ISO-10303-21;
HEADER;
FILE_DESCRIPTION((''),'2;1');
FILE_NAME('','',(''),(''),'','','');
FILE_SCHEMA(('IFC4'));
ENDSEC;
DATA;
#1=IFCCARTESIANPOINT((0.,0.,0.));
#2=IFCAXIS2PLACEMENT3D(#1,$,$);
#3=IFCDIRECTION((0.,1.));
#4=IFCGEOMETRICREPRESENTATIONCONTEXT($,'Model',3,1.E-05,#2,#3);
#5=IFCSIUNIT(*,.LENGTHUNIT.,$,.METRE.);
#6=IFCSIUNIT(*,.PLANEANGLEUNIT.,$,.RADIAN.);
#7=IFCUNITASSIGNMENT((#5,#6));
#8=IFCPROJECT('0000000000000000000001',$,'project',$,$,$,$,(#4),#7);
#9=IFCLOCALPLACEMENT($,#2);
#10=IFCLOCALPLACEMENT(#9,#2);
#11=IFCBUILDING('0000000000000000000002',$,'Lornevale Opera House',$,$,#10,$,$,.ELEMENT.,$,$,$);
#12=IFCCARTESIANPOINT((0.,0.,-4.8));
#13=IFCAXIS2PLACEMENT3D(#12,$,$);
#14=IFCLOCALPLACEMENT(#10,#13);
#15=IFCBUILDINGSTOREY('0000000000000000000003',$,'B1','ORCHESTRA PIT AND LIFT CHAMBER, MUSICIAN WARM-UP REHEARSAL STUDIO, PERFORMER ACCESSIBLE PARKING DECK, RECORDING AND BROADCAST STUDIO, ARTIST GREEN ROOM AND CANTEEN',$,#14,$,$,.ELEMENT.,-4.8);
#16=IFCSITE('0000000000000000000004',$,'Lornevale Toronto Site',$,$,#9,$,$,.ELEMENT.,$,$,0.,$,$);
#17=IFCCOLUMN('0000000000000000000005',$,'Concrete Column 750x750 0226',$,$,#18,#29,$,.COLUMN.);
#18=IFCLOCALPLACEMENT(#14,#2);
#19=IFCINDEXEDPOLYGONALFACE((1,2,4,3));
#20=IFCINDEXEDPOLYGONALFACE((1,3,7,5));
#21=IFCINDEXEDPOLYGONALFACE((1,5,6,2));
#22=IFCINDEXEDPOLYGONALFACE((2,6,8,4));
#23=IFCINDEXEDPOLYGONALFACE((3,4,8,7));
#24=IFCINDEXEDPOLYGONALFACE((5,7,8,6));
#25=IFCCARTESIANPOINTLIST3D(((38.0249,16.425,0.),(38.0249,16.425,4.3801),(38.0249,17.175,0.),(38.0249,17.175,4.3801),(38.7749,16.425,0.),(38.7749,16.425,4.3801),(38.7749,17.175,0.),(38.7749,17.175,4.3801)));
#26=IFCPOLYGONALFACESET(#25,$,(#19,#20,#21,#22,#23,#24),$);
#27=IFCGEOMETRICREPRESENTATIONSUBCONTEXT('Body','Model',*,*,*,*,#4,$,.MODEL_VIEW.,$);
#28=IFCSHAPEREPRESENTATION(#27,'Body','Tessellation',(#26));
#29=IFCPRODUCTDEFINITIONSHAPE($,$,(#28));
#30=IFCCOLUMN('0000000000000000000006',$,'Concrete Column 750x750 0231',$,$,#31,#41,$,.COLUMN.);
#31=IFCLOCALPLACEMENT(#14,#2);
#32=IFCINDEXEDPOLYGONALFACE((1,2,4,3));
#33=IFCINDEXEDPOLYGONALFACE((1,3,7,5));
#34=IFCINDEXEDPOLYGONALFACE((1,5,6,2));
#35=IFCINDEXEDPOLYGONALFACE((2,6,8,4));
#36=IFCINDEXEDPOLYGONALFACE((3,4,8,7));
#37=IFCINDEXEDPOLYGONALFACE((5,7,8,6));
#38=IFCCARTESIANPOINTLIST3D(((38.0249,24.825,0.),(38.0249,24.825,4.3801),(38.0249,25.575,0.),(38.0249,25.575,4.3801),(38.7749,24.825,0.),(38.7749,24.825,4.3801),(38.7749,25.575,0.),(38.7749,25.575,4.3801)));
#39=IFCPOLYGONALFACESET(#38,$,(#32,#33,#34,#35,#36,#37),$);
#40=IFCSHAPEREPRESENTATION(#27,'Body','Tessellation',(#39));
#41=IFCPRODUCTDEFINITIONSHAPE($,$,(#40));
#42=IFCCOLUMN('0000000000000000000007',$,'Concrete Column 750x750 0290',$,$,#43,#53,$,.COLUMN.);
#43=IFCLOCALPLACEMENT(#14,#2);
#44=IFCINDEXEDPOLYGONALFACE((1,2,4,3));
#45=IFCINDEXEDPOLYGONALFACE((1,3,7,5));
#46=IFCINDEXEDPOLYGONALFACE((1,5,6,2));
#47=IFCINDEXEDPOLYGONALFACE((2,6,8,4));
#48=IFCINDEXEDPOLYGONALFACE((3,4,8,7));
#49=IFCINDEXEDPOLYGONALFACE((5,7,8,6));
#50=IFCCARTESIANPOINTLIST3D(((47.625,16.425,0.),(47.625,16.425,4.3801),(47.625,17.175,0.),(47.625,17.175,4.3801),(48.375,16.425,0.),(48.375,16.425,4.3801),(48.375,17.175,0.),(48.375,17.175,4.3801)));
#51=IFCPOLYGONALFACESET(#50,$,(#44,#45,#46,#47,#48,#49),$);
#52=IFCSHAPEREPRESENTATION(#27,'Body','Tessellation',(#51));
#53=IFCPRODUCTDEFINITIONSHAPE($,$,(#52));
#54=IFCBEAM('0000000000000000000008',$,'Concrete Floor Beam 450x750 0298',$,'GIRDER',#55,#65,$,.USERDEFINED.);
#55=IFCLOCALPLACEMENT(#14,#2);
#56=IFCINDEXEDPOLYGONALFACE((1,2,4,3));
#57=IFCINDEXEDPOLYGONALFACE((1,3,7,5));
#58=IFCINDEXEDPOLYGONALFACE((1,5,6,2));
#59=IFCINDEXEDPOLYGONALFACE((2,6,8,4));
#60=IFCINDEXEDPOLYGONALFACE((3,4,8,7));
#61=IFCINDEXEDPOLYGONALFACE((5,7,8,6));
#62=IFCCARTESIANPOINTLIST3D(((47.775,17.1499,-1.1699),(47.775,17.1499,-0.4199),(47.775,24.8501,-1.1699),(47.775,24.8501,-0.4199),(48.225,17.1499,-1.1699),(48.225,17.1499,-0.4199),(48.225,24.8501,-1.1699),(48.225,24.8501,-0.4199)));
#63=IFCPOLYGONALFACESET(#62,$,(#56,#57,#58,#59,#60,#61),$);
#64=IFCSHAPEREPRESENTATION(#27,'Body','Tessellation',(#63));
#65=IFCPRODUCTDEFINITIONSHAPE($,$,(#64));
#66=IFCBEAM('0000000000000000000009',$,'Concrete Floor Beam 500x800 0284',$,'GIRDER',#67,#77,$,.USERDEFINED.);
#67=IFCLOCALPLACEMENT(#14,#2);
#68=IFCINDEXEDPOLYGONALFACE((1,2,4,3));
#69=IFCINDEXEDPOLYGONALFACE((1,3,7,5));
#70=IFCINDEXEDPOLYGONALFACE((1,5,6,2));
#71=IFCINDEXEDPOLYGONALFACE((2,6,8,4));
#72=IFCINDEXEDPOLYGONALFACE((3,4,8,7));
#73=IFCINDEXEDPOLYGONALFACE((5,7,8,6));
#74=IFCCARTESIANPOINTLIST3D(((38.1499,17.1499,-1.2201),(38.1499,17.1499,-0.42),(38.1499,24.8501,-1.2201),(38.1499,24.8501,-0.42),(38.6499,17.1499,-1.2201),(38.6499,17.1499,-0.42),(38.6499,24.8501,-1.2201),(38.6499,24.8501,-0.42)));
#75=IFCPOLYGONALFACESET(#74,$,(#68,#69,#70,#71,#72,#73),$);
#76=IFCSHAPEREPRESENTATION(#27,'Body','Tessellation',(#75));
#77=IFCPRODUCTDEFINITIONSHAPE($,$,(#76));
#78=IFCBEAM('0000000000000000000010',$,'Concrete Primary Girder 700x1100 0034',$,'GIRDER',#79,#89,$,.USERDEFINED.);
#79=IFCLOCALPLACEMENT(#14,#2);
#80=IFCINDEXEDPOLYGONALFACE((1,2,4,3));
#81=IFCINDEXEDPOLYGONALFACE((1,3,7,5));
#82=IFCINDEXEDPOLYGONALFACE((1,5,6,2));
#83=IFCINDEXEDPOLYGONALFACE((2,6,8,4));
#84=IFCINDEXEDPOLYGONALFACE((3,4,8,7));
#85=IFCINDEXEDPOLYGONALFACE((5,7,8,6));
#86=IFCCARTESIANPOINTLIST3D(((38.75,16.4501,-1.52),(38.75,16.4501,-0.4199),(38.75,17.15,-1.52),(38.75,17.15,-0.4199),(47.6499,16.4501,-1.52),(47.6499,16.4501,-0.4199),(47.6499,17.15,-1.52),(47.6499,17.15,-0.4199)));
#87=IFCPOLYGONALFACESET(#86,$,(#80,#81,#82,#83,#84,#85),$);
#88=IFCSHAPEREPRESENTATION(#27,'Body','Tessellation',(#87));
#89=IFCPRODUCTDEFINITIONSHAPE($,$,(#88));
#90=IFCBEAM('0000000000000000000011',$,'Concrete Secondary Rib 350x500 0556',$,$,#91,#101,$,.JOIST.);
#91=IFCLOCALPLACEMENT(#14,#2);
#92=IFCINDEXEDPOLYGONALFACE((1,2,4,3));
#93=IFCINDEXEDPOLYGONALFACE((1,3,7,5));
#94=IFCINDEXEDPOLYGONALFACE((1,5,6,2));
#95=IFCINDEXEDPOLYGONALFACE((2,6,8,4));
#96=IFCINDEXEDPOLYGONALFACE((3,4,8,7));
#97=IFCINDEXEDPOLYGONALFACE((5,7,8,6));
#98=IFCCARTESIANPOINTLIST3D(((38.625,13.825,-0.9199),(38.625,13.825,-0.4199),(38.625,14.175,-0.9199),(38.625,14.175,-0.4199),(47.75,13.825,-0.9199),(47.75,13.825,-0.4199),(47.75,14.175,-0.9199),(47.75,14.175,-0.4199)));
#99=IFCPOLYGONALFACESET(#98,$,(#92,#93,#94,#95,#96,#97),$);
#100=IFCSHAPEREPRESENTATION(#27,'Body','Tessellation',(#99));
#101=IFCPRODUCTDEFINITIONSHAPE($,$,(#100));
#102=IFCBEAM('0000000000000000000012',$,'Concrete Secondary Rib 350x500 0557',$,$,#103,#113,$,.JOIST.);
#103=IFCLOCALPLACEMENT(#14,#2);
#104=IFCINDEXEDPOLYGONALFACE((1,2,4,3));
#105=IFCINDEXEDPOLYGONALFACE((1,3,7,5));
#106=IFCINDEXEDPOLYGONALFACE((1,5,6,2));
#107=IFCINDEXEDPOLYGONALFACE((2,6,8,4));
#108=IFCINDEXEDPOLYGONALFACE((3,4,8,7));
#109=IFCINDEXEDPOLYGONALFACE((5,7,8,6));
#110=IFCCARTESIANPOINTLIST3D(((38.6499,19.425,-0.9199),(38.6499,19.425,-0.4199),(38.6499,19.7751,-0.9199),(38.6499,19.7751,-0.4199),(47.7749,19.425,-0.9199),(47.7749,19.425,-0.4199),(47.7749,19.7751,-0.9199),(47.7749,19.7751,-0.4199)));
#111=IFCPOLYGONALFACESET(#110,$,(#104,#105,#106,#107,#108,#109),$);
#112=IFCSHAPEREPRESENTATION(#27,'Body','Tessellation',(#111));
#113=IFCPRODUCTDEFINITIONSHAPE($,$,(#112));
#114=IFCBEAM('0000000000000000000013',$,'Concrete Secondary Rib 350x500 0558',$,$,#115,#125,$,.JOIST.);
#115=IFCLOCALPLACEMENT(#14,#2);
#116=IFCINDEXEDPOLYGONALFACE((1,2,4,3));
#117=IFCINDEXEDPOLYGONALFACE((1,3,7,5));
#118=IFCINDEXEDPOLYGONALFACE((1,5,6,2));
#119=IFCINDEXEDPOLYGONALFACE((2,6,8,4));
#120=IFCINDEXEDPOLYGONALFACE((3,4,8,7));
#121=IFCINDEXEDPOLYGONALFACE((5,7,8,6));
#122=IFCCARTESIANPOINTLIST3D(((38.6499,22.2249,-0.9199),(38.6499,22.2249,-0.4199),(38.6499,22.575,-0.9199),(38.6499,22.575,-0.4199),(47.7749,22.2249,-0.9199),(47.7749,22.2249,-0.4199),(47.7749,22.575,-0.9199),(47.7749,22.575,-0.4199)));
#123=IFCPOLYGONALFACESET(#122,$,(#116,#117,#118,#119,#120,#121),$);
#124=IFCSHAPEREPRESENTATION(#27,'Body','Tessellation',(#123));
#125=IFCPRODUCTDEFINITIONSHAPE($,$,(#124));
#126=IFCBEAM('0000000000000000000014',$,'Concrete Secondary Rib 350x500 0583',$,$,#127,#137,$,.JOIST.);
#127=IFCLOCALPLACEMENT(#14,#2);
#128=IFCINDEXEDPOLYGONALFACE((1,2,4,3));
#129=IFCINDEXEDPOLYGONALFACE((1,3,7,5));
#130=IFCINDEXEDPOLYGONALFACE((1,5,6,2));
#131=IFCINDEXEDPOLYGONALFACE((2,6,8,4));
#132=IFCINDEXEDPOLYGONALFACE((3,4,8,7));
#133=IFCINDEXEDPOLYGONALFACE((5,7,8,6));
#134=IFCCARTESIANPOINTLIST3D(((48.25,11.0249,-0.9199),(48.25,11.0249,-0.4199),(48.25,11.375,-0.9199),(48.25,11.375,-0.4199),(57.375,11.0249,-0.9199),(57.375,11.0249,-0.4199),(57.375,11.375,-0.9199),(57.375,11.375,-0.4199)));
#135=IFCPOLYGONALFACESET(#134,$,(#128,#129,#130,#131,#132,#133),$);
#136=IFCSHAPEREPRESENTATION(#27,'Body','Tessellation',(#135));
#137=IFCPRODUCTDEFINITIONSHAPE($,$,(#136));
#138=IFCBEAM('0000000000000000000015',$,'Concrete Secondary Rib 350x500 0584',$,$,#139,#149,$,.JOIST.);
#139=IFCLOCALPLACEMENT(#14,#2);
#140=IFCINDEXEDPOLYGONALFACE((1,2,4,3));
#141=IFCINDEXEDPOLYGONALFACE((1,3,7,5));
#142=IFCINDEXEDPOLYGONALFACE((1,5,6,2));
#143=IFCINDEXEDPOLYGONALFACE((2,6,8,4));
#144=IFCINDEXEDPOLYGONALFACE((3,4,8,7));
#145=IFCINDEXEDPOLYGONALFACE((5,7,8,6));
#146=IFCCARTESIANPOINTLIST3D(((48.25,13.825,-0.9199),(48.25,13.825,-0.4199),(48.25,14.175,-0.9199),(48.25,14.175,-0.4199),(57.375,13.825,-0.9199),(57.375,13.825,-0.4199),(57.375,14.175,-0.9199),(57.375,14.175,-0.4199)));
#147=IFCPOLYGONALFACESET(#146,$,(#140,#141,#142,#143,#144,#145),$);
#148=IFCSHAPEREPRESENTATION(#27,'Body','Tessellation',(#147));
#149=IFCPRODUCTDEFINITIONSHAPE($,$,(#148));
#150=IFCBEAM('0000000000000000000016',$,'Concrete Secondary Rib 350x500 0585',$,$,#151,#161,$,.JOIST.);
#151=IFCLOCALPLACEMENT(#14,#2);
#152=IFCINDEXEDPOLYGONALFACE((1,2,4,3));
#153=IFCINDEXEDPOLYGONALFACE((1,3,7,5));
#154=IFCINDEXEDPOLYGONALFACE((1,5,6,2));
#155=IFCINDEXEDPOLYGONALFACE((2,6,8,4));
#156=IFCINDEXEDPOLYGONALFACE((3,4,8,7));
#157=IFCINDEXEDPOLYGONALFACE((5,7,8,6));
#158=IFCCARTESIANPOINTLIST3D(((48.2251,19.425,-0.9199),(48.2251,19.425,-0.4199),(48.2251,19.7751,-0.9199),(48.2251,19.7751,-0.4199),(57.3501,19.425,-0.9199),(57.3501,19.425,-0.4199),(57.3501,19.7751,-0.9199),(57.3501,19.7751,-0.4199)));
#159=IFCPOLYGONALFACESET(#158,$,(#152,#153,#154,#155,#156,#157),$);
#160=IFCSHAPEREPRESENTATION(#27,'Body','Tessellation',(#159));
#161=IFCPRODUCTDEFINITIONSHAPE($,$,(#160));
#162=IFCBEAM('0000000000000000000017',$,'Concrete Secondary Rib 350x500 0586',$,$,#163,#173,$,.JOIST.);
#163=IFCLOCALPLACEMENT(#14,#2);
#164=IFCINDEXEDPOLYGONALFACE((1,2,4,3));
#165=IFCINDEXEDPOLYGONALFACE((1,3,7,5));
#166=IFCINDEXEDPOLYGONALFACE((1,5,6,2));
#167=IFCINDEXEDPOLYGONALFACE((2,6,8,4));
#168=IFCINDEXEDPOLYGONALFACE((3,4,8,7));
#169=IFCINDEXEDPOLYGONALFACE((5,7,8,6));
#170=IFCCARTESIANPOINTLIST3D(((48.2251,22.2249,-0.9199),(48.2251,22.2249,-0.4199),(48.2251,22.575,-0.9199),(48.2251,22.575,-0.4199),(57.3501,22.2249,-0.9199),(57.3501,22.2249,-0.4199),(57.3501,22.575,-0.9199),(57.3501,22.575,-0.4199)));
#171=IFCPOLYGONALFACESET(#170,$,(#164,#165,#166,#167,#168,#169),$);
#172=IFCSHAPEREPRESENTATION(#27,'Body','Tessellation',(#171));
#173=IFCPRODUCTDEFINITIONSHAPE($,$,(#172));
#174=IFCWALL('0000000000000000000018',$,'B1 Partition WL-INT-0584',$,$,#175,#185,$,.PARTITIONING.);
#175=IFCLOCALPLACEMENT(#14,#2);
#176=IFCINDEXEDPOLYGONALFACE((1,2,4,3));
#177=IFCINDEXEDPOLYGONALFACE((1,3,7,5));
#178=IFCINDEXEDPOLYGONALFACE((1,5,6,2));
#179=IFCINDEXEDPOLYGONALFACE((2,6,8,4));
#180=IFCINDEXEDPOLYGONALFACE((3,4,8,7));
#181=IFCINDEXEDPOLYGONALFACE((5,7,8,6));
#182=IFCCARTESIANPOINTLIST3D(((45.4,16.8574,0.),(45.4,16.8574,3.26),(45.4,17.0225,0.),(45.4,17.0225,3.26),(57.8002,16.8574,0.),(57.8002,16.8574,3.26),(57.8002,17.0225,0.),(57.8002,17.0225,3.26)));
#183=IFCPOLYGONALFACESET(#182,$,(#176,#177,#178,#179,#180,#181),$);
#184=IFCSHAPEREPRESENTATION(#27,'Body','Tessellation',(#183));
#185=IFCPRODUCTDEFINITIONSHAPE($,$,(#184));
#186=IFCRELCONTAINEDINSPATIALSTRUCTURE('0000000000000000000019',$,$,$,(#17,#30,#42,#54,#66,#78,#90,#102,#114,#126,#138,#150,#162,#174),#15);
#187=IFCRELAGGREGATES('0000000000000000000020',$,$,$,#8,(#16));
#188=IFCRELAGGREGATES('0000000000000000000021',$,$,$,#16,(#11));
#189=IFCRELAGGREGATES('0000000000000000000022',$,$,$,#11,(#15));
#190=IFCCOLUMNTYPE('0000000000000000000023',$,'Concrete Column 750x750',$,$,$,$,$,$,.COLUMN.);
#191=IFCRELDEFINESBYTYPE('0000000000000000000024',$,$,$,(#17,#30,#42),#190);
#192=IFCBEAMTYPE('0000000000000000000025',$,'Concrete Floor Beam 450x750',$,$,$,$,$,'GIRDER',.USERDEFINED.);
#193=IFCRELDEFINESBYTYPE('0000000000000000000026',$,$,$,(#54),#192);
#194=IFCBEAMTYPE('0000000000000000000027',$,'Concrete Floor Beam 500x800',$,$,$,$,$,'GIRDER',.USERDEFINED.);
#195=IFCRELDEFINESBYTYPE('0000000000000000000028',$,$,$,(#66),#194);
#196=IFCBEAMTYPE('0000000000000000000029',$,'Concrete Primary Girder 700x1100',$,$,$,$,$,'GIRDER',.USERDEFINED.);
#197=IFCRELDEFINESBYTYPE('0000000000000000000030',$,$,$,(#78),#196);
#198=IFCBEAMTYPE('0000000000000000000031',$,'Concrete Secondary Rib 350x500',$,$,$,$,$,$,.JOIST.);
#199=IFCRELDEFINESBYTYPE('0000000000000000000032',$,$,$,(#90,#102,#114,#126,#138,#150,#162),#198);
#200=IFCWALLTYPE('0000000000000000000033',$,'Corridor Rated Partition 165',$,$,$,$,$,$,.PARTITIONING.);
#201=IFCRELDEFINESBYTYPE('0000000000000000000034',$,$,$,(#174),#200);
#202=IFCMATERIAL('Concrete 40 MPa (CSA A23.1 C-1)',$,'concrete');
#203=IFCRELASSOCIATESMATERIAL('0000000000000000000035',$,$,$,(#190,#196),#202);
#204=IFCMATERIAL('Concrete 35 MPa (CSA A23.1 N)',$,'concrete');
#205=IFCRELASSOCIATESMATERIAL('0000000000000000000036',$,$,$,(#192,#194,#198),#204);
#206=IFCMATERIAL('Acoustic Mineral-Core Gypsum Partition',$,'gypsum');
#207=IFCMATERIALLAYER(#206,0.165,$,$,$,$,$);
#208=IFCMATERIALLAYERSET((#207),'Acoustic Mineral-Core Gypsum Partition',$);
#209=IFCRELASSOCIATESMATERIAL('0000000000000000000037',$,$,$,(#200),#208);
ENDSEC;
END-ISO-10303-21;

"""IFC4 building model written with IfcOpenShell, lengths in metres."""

from ifc_helpers import new_model, si_unit, direction, frame, frame_2d, origin, origin_2d, place, context, subcontext, project, spatial, rectangle, extrude, material, layer, layer_set, material_profile, profile_set, type_object, element, save


model = new_model("IFC4")

# Units and contexts
model_context = context("Model", 3, precision=1e-05, world=origin(), true_north=direction((0.0, 1.0)))
body_context = subcontext(model_context, "Body", "Model", "MODEL_VIEW")
ifc_project = project(units=[si_unit("LENGTHUNIT", "METRE"), si_unit("PLANEANGLEUNIT", "RADIAN")], contexts=[model_context])

# Site, building, storey
site_placement = place(None, origin())
site = spatial("IfcSite", under=ifc_project, at=site_placement, Name="Lornevale Toronto Site", CompositionType="ELEMENT", RefElevation=0.0)
building_placement = place(site_placement, origin())
building = spatial("IfcBuilding", under=site, at=building_placement, Name="Lornevale Opera House", CompositionType="ELEMENT")
storey_placement = place(building_placement, frame((0.0, 0.0, -4.8)))
storey = spatial("IfcBuildingStorey", under=building, at=storey_placement, Name="B1", Description="ORCHESTRA PIT AND LIFT CHAMBER, MUSICIAN WARM-UP REHEARSAL STUDIO, PERFORMER ACCESSIBLE PARKING DECK, RECORDING AND BROADCAST STUDIO, ARTIST GREEN ROOM AND CANTEEN", CompositionType="ELEMENT", Elevation=-4.8)

# Columns
ifc_material_1 = material(Name="Concrete 40 MPa (CSA A23.1 C-1)", Category="concrete")
ifc_material_profile_1 = material_profile(ifc_material_1, rectangle(XDim=0.75, YDim=0.75, at=origin_2d()), Name="RC750x750")
ifc_profile_set_1 = profile_set([ifc_material_profile_1], Name="Concrete 40 MPa (CSA A23.1 C-1)")
column_type = type_object("IfcColumnType", Name="Concrete Column 750x750", PredefinedType="COLUMN", material=ifc_profile_set_1)
for number, where, z_axis, x_axis, name in (
    (1, (38.3999, 16.8, 0.0), (0.0, 0.0, 1.0), (1.0, 0.0, 0.0), "Concrete Column 750x750 0226"),
    (2, (38.3999, 25.2, 0.0), (0.0, 0.0, 1.0), (1.0, 0.0, 0.0), "Concrete Column 750x750 0231"),
    (3, (48.0, 16.8, 0.0), (0.0, 0.0, 1.0), (1.0, 0.0, 0.0), "Concrete Column 750x750 0290"),
):
    element("IfcColumn", number, at=place(storey_placement, frame(where, z_axis=z_axis, x_axis=x_axis)), inside=storey, type_object=column_type, Name=name, PredefinedType="COLUMN", context=body_context, shape_type="SweptSolid", body=[
        extrude(rectangle(XDim=0.75, YDim=0.75, at=origin_2d()), origin(), (0.0, 0.0, 1.0), 4.3801),
    ])

# Beams
ifc_material_2 = material(Name="Concrete 35 MPa (CSA A23.1 N)", Category="concrete")
ifc_material_profile_2 = material_profile(ifc_material_2, rectangle(XDim=0.45, YDim=0.75, at=origin_2d()), Name="RC450x750")
ifc_profile_set_2 = profile_set([ifc_material_profile_2], Name="Concrete 35 MPa (CSA A23.1 N)")
beam_type_1 = type_object("IfcBeamType", Name="Concrete Floor Beam 450x750", ElementType="GIRDER", PredefinedType="USERDEFINED", material=ifc_profile_set_2)
beam_1_placement = place(storey_placement, frame((48.0, 17.1499, -0.7949), z_axis=(0.0, 1.0, 0.0), x_axis=(-1.0, 0.0, 0.0)))
element("IfcBeam", 4, at=beam_1_placement, inside=storey, type_object=beam_type_1, Name="Concrete Floor Beam 450x750 0298", ObjectType="GIRDER", PredefinedType="USERDEFINED", context=body_context, shape_type="SweptSolid", body=[
    extrude(rectangle(XDim=0.45, YDim=0.75, at=origin_2d()), origin(), (0.0, 0.0, 1.0), 7.7002),
])
ifc_material_profile_3 = material_profile(ifc_material_2, rectangle(XDim=0.5, YDim=0.8, at=origin_2d()), Name="RC500x800")
ifc_profile_set_3 = profile_set([ifc_material_profile_3], Name="Concrete 35 MPa (CSA A23.1 N)")
beam_type_2 = type_object("IfcBeamType", Name="Concrete Floor Beam 500x800", ElementType="GIRDER", PredefinedType="USERDEFINED", material=ifc_profile_set_3)
beam_2_placement = place(storey_placement, frame((38.3999, 17.1499, -0.8201), z_axis=(0.0, 1.0, 0.0), x_axis=(-1.0, 0.0, 0.0)))
element("IfcBeam", 5, at=beam_2_placement, inside=storey, type_object=beam_type_2, Name="Concrete Floor Beam 500x800 0284", ObjectType="GIRDER", PredefinedType="USERDEFINED", context=body_context, shape_type="SweptSolid", body=[
    extrude(rectangle(XDim=0.5, YDim=0.8, at=origin_2d()), origin(), (0.0, 0.0, 1.0), 7.7002),
])
ifc_material_profile_4 = material_profile(ifc_material_1, rectangle(XDim=0.7, YDim=1.1001, at=origin_2d()), Name="RC700x1100")
ifc_profile_set_4 = profile_set([ifc_material_profile_4], Name="Concrete 40 MPa (CSA A23.1 C-1)")
beam_type_3 = type_object("IfcBeamType", Name="Concrete Primary Girder 700x1100", ElementType="GIRDER", PredefinedType="USERDEFINED", material=ifc_profile_set_4)
beam_3_placement = place(storey_placement, frame((38.75, 16.8, -0.97), z_axis=(1.0, 0.0, 0.0), x_axis=(0.0, 1.0, 0.0)))
element("IfcBeam", 6, at=beam_3_placement, inside=storey, type_object=beam_type_3, Name="Concrete Primary Girder 700x1100 0034", ObjectType="GIRDER", PredefinedType="USERDEFINED", context=body_context, shape_type="SweptSolid", body=[
    extrude(rectangle(XDim=0.7, YDim=1.1001, at=origin_2d()), origin(), (0.0, 0.0, 1.0), 8.8999),
])
ifc_material_profile_5 = material_profile(ifc_material_2, rectangle(XDim=0.3501, YDim=0.5, at=origin_2d()), Name="RC350x500")
ifc_profile_set_5 = profile_set([ifc_material_profile_5], Name="Concrete 35 MPa (CSA A23.1 N)")
beam_type_4 = type_object("IfcBeamType", Name="Concrete Secondary Rib 350x500", PredefinedType="JOIST", material=ifc_profile_set_5)
for number, where, z_axis, x_axis, name in (
    (7, (38.625, 14.0, -0.6699), (1.0, 0.0, 0.0), (0.0, 1.0, 0.0), "Concrete Secondary Rib 350x500 0556"),
    (8, (38.6499, 19.6001, -0.6699), (1.0, 0.0, 0.0), (0.0, 1.0, 0.0), "Concrete Secondary Rib 350x500 0557"),
    (9, (38.6499, 22.3999, -0.6699), (1.0, 0.0, 0.0), (0.0, 1.0, 0.0), "Concrete Secondary Rib 350x500 0558"),
    (10, (48.25, 11.2, -0.6699), (1.0, 0.0, 0.0), (0.0, 1.0, 0.0), "Concrete Secondary Rib 350x500 0583"),
    (11, (48.25, 14.0, -0.6699), (1.0, 0.0, 0.0), (0.0, 1.0, 0.0), "Concrete Secondary Rib 350x500 0584"),
    (12, (48.2251, 19.6001, -0.6699), (1.0, 0.0, 0.0), (0.0, 1.0, 0.0), "Concrete Secondary Rib 350x500 0585"),
    (13, (48.2251, 22.3999, -0.6699), (1.0, 0.0, 0.0), (0.0, 1.0, 0.0), "Concrete Secondary Rib 350x500 0586"),
):
    element("IfcBeam", number, at=place(storey_placement, frame(where, z_axis=z_axis, x_axis=x_axis)), inside=storey, type_object=beam_type_4, Name=name, PredefinedType="JOIST", context=body_context, shape_type="SweptSolid", body=[
        extrude(rectangle(XDim=0.3501, YDim=0.5, at=origin_2d()), origin(), (0.0, 0.0, 1.0), 9.125),
    ])

# Wall
ifc_material_3 = material(Name="Acoustic Mineral-Core Gypsum Partition", Category="gypsum")
ifc_layer_1 = layer(ifc_material_3, 0.165)
ifc_layer_set_1 = layer_set([ifc_layer_1], Name="Acoustic Mineral-Core Gypsum Partition")
wall_type_1 = type_object("IfcWallType", Name="Corridor Rated Partition 165", PredefinedType="PARTITIONING", material=ifc_layer_set_1)
wall_1_placement = place(storey_placement, frame((45.3999, 16.9399, 0.0), z_axis=(0.0, 0.0, 1.0), x_axis=(1.0, 0.0, 0.0)))
element("IfcWall", 14, at=wall_1_placement, inside=storey, type_object=wall_type_1, Name="B1 Partition WL-INT-0584", PredefinedType="PARTITIONING", context=body_context, shape_type="SweptSolid", body=[
    extrude(rectangle(XDim=12.4001, YDim=0.165, at=frame_2d((6.2002, 0.0))), origin(), (0.0, 0.0, 1.0), 3.26),
])

save(model, "model.ifc")
